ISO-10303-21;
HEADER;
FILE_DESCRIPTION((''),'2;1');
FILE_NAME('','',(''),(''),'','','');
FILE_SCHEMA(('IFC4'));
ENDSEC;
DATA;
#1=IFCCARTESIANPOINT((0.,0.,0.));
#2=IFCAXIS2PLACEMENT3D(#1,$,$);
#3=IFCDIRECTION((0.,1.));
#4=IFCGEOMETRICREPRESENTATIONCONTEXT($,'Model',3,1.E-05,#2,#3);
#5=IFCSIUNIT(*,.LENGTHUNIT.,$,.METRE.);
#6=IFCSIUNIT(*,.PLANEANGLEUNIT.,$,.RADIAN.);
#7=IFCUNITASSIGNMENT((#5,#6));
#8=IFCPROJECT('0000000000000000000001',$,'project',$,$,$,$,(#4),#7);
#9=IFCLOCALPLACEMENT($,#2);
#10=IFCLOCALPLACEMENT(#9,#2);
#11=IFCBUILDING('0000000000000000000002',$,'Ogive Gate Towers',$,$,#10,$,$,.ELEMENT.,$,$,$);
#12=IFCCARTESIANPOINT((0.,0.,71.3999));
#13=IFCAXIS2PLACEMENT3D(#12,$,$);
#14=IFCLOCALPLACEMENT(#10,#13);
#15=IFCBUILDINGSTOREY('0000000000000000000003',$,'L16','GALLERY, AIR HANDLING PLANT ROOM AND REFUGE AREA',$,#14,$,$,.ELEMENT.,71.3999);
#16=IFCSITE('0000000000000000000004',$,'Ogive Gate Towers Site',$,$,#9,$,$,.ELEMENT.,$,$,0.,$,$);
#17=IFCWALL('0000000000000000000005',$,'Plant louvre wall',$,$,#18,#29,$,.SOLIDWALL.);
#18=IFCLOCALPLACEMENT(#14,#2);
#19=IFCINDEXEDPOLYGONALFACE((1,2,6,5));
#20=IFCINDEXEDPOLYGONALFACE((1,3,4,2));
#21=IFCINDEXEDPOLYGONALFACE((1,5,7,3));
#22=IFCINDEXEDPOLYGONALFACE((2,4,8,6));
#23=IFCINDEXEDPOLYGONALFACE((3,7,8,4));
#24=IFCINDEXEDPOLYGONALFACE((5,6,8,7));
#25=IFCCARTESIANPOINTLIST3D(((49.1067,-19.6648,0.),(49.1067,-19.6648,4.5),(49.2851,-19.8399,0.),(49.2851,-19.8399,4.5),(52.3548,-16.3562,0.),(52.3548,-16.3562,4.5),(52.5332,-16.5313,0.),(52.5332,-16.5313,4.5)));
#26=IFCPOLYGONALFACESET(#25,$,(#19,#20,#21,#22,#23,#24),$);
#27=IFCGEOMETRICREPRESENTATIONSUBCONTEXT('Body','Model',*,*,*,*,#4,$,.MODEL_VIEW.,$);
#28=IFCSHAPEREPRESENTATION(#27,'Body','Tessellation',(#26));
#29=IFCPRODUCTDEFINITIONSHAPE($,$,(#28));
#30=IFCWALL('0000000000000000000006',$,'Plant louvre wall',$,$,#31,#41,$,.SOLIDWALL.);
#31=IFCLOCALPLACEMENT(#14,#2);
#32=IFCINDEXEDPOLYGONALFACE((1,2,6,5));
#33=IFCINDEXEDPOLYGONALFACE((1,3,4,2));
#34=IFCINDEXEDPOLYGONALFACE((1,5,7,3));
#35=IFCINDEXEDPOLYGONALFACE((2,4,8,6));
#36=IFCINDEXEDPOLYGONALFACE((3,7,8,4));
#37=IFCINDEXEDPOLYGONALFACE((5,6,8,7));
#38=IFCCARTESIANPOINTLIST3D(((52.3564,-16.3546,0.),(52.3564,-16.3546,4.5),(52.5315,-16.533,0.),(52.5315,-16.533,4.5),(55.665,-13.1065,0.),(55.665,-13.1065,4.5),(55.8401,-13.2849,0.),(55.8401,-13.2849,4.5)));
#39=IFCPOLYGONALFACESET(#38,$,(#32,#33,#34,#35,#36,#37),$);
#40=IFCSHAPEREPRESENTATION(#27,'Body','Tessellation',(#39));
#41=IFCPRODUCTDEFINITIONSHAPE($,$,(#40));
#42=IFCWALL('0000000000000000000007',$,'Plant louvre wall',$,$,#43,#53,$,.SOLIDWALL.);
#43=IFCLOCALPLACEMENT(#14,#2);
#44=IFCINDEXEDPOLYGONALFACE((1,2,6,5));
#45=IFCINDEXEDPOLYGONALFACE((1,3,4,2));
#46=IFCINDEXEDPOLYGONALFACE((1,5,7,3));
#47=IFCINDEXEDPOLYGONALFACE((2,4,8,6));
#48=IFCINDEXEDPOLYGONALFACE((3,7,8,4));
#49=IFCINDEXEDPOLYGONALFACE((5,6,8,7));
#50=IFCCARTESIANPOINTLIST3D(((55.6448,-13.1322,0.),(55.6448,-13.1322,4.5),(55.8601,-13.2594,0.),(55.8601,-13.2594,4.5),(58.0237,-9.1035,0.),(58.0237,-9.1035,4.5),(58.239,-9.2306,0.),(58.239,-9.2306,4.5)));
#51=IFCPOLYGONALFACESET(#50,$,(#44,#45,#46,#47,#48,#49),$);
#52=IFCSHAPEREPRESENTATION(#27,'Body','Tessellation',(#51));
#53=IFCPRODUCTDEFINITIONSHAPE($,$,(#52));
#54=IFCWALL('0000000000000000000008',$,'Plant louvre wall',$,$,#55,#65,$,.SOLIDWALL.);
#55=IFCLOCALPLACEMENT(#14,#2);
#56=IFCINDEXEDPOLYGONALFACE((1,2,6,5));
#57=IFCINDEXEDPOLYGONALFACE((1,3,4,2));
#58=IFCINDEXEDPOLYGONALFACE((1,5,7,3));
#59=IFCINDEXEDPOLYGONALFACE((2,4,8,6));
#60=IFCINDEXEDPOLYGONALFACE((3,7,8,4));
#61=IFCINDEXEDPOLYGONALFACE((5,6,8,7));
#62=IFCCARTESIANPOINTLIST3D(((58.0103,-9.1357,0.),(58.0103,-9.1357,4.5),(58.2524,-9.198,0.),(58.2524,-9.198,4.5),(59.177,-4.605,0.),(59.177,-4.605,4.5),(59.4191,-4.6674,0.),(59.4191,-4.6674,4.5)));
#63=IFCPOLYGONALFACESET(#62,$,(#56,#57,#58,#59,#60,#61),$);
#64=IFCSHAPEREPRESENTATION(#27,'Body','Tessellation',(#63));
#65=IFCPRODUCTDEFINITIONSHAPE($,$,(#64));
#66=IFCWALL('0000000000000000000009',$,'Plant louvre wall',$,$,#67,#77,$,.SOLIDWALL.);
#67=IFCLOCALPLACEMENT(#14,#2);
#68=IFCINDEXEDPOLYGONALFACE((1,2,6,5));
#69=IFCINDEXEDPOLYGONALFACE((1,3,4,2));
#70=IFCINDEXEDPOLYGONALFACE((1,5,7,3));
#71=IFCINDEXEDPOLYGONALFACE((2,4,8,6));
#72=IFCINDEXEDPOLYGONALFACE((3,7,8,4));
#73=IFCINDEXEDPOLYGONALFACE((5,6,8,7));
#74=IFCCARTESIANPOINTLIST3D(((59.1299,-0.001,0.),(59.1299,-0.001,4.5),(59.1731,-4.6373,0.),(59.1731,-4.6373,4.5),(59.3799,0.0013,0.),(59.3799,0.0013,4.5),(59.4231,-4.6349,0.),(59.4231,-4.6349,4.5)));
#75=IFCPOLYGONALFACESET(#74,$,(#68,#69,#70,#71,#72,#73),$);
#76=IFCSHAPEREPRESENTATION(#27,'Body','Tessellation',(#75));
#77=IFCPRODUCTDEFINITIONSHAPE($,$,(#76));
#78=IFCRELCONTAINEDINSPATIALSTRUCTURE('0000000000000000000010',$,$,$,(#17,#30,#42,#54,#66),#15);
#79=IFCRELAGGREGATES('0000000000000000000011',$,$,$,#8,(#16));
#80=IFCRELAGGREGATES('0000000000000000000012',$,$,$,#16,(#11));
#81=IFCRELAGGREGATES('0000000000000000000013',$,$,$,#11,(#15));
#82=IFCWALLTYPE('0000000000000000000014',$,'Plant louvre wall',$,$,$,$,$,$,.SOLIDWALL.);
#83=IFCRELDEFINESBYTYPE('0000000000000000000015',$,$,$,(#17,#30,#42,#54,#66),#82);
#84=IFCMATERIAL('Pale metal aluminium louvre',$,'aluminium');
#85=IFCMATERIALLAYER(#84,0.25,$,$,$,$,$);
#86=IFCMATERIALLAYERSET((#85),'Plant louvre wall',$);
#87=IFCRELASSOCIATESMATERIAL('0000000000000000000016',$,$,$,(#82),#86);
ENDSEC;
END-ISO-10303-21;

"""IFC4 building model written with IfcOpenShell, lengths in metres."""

from ifc_helpers import new_model, si_unit, direction, frame, frame_2d, origin, place, context, subcontext, project, spatial, rectangle, extrude, material, layer, layer_set, type_object, element, save


model = new_model("IFC4")

# Units and contexts
model_context = context("Model", 3, precision=1e-05, world=origin(), true_north=direction((0.0, 1.0)))
body_context = subcontext(model_context, "Body", "Model", "MODEL_VIEW")
ifc_project = project(units=[si_unit("LENGTHUNIT", "METRE"), si_unit("PLANEANGLEUNIT", "RADIAN")], contexts=[model_context])

# Site, building, storey
site_placement = place(None, origin())
site = spatial("IfcSite", under=ifc_project, at=site_placement, Name="Ogive Gate Towers Site", CompositionType="ELEMENT", RefElevation=0.0)
building_placement = place(site_placement, origin())
building = spatial("IfcBuilding", under=site, at=building_placement, Name="Ogive Gate Towers", CompositionType="ELEMENT")
storey_placement = place(building_placement, frame((0.0, 0.0, 71.3999)))
storey = spatial("IfcBuildingStorey", under=building, at=storey_placement, Name="L16", Description="GALLERY, AIR HANDLING PLANT ROOM AND REFUGE AREA", CompositionType="ELEMENT", Elevation=71.3999)

# Walls
ifc_material_1 = material(Name="Pale metal aluminium louvre", Category="aluminium")
ifc_layer_1 = layer(ifc_material_1, 0.25)
ifc_layer_set_1 = layer_set([ifc_layer_1], Name="Plant louvre wall")
wall_type_1 = type_object("IfcWallType", Name="Plant louvre wall", PredefinedType="SOLIDWALL", material=ifc_layer_set_1)
for number, where, z_axis, x_axis, name in (
    (1, (49.1958, -19.7524, 0.0), (0.0, 0.0, 1.0), (0.700547, 0.713606, 0.0), "Plant louvre wall"),
    (2, (52.4438, -16.4438, 0.0), (0.0, 0.0, 1.0), (0.713606, 0.700547, 0.0), "Plant louvre wall"),
):
    element("IfcWall", number, at=place(storey_placement, frame(where, z_axis=z_axis, x_axis=x_axis)), inside=storey, type_object=wall_type_1, Name=name, PredefinedType="SOLIDWALL", context=body_context, shape_type="SweptSolid", body=[
        extrude(rectangle(XDim=4.6365, YDim=0.25, at=frame_2d((2.3184, 0.0))), origin(), (0.0, 0.0, 1.0), 4.5),
    ])
wall_1_placement = place(storey_placement, frame((55.7524, -13.1958, 0.0), z_axis=(0.0, 0.0, 1.0), x_axis=(0.508452, 0.861091, 0.0)))
element("IfcWall", 3, at=wall_1_placement, inside=storey, type_object=wall_type_1, Name="Plant louvre wall", PredefinedType="SOLIDWALL", context=body_context, shape_type="SweptSolid", body=[
    extrude(rectangle(XDim=4.6787, YDim=0.25, at=frame_2d((2.3394, 0.0))), origin(), (0.0, 0.0, 1.0), 4.5),
])
wall_2_placement = place(storey_placement, frame((58.1313, -9.167, 0.0), z_axis=(0.0, 0.0, 1.0), x_axis=(0.249381, 0.968405, 0.0)))
element("IfcWall", 4, at=wall_2_placement, inside=storey, type_object=wall_type_1, Name="Plant louvre wall", PredefinedType="SOLIDWALL", context=body_context, shape_type="SweptSolid", body=[
    extrude(rectangle(XDim=4.6785, YDim=0.25, at=frame_2d((2.3394, 0.0))), origin(), (0.0, 0.0, 1.0), 4.5),
])
wall_3_placement = place(storey_placement, frame((59.2981, -4.6362, 0.0), z_axis=(0.0, 0.0, 1.0), x_axis=(-0.00932, 0.999957, 0.0)))
element("IfcWall", 5, at=wall_3_placement, inside=storey, type_object=wall_type_1, Name="Plant louvre wall", PredefinedType="SOLIDWALL", context=body_context, shape_type="SweptSolid", body=[
    extrude(rectangle(XDim=4.6365, YDim=0.25, at=frame_2d((2.3184, 0.0))), origin(), (0.0, 0.0, 1.0), 4.5),
])

save(model, "model.ifc")
